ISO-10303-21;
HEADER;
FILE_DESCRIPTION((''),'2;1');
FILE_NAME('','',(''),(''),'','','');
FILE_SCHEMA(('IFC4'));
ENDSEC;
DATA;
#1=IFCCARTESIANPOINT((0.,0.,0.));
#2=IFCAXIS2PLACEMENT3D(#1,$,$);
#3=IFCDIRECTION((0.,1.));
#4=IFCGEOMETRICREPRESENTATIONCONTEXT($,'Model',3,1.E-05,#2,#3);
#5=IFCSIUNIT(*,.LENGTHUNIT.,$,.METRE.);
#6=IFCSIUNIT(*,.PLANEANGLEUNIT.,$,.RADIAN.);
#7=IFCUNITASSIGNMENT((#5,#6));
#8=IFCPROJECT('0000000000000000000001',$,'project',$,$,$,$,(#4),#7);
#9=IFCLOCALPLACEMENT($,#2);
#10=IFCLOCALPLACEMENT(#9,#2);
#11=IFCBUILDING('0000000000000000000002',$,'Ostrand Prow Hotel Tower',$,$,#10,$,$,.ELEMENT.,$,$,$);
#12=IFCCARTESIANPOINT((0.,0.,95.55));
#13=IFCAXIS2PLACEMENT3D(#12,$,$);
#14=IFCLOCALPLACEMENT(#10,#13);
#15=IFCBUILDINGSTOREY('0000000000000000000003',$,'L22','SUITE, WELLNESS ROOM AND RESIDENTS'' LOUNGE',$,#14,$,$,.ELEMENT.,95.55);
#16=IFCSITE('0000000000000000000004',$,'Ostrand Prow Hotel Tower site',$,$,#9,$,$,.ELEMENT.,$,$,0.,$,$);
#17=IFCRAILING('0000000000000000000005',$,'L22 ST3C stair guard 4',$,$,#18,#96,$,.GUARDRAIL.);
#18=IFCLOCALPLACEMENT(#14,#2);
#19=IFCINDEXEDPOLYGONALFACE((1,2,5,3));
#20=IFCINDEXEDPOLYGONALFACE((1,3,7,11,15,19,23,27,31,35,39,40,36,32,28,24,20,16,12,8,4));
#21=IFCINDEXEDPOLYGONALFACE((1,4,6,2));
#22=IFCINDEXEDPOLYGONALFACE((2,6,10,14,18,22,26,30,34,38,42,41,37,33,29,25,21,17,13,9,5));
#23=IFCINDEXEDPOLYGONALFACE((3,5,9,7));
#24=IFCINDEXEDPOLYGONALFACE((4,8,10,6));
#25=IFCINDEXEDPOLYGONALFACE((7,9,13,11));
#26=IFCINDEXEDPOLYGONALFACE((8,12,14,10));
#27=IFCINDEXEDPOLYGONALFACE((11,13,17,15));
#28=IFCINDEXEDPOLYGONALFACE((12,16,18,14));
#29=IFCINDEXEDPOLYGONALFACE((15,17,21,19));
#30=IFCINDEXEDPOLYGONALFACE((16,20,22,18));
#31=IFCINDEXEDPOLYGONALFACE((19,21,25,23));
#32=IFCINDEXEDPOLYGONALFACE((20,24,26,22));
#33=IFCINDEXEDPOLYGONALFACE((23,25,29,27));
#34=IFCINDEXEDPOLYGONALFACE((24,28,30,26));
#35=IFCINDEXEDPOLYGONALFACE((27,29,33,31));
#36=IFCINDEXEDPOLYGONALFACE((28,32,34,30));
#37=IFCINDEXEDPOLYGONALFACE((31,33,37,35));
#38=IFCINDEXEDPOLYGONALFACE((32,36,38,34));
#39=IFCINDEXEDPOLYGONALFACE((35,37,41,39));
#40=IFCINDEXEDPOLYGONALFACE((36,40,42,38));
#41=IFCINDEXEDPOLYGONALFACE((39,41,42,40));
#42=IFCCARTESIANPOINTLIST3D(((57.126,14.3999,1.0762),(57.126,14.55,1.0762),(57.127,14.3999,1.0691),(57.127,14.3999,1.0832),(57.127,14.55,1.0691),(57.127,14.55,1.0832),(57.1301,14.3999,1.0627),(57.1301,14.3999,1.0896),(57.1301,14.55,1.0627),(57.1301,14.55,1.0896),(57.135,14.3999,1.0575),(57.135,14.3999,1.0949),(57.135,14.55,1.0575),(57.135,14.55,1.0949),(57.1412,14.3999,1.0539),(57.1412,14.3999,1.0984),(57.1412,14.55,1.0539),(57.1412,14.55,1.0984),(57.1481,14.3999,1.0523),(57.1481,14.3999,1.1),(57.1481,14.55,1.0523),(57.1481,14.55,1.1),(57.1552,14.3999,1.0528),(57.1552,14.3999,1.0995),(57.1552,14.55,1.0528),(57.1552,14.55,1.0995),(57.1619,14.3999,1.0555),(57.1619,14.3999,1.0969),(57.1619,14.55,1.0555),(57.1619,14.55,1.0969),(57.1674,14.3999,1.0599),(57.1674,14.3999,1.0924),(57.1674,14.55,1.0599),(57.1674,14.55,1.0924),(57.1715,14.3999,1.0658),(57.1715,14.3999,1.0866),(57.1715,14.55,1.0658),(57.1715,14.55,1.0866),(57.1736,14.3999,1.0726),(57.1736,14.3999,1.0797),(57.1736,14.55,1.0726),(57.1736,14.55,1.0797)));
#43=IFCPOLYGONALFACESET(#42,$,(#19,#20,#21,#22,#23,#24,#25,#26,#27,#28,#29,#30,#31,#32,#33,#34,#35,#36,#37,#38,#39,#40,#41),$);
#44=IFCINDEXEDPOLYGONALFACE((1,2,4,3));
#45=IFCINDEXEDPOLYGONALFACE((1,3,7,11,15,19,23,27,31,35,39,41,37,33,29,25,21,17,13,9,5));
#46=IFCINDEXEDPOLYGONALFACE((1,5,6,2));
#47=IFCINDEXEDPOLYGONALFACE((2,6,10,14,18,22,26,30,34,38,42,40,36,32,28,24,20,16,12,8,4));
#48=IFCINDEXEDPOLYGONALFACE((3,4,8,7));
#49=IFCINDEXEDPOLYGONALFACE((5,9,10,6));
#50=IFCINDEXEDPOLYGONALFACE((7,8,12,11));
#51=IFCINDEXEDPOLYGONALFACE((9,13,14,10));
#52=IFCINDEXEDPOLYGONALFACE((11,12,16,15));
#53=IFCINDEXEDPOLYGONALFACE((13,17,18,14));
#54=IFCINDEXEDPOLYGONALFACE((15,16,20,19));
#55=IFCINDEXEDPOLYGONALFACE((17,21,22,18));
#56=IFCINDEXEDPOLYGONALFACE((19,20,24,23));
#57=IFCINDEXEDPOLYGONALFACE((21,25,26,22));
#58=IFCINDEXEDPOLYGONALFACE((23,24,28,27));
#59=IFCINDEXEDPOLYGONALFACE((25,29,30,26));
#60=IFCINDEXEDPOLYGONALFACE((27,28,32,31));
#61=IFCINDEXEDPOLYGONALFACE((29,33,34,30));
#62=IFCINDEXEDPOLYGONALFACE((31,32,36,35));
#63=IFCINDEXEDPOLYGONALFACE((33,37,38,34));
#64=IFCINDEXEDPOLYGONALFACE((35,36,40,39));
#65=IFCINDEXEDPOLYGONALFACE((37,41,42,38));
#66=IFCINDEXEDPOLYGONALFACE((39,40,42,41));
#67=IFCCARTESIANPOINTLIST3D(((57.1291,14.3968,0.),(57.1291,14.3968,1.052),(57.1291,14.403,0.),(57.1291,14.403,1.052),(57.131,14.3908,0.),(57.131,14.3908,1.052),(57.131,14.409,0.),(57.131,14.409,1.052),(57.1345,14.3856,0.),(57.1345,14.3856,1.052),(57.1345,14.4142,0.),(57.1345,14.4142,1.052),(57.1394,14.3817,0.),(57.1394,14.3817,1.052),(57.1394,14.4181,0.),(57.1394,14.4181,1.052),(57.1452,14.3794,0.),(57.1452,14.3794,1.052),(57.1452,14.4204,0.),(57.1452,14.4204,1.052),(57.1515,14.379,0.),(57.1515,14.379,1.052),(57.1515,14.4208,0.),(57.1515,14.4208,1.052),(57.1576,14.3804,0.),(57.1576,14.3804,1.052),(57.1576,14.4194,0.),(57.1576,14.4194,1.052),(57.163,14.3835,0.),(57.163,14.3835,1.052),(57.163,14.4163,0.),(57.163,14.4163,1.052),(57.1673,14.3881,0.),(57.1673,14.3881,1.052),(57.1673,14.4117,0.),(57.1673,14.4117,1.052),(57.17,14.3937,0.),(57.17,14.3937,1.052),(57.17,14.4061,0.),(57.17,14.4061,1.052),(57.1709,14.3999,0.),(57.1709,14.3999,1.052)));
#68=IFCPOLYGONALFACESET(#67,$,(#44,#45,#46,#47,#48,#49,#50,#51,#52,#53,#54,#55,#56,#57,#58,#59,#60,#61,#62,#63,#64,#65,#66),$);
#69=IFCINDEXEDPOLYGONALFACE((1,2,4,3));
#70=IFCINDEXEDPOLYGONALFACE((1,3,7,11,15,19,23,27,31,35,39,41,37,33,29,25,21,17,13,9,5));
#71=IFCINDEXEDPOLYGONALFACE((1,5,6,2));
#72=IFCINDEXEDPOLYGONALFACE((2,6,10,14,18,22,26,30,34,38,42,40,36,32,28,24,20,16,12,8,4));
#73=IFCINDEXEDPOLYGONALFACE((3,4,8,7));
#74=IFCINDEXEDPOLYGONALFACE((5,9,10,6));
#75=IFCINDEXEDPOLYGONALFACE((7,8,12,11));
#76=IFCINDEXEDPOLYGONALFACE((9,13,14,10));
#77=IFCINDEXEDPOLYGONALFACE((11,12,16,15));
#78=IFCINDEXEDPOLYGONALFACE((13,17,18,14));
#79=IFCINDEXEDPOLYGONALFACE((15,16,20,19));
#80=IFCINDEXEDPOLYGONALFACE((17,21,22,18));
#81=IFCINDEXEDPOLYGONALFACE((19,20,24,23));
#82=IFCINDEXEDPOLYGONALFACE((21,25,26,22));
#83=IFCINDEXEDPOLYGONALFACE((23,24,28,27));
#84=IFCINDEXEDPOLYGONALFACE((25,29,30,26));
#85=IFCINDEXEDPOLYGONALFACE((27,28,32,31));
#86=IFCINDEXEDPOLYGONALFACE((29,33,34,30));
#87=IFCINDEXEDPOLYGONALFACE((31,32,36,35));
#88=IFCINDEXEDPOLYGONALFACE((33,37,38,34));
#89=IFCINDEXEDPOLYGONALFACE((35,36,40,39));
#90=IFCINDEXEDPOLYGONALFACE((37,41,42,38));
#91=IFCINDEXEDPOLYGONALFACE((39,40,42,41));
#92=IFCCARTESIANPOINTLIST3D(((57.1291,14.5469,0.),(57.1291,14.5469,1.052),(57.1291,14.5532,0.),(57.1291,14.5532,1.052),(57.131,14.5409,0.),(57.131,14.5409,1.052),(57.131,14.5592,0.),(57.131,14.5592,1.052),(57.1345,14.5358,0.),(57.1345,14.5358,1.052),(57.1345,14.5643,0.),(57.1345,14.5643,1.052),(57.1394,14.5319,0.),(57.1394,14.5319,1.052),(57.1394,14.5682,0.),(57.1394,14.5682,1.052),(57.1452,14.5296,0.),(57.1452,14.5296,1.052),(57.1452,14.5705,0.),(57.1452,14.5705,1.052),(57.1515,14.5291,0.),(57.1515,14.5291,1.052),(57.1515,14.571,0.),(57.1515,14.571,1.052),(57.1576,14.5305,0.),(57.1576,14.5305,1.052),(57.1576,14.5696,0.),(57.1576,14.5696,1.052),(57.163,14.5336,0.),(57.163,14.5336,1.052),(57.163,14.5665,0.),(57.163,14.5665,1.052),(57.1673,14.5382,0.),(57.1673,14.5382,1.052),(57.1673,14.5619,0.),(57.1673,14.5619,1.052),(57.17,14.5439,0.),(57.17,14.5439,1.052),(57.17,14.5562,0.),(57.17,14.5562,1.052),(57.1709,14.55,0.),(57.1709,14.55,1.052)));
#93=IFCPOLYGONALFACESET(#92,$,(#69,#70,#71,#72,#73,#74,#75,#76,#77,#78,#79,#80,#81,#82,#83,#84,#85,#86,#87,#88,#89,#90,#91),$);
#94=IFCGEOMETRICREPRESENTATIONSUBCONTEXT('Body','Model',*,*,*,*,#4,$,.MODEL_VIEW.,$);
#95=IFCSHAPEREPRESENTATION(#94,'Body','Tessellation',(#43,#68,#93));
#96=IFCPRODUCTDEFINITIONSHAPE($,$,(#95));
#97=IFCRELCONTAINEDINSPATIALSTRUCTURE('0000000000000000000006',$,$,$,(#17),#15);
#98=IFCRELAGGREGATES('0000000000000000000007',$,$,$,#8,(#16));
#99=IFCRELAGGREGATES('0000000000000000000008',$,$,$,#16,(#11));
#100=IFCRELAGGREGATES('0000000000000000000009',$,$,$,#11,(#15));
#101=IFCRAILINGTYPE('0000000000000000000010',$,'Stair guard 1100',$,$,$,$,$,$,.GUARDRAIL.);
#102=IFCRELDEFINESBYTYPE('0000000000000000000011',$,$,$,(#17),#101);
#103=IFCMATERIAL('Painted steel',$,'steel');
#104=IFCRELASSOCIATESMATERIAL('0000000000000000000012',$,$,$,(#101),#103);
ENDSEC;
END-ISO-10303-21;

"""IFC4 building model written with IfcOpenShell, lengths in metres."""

from ifc_helpers import new_model, si_unit, direction, frame, origin, origin_2d, place, context, subcontext, project, spatial, circle, extrude, material, type_object, element, save


model = new_model("IFC4")

# Units and contexts
model_context = context("Model", 3, precision=1e-05, world=origin(), true_north=direction((0.0, 1.0)))
body_context = subcontext(model_context, "Body", "Model", "MODEL_VIEW")
ifc_project = project(units=[si_unit("LENGTHUNIT", "METRE"), si_unit("PLANEANGLEUNIT", "RADIAN")], contexts=[model_context])

# Site, building, storey
site_placement = place(None, origin())
site = spatial("IfcSite", under=ifc_project, at=site_placement, Name="Ostrand Prow Hotel Tower site", CompositionType="ELEMENT", RefElevation=0.0)
building_placement = place(site_placement, origin())
building = spatial("IfcBuilding", under=site, at=building_placement, Name="Ostrand Prow Hotel Tower", CompositionType="ELEMENT")
storey_placement = place(building_placement, frame((0.0, 0.0, 95.55)))
storey = spatial("IfcBuildingStorey", under=building, at=storey_placement, Name="L22", Description="SUITE, WELLNESS ROOM AND RESIDENTS' LOUNGE", CompositionType="ELEMENT", Elevation=95.55)

# Railing
ifc_material_1 = material(Name="Painted steel", Category="steel")
railing_type_1 = type_object("IfcRailingType", Name="Stair guard 1100", PredefinedType="GUARDRAIL", material=ifc_material_1)
railing_1_placement = place(storey_placement, frame((57.1499, 14.3999, 0.0)))
element("IfcRailing", 1, at=railing_1_placement, inside=storey, type_object=railing_type_1, Name="L22 ST3C stair guard 4", PredefinedType="GUARDRAIL", context=body_context, shape_type="SweptSolid", body=[
    extrude(circle(Radius=0.0239, at=origin_2d()), frame((0.0, 0.0, 1.0762), z_axis=(0.0, 1.0, 0.0), x_axis=(-1.0, 0.0, 0.0)), (0.0, 0.0, 1.0), 0.1501),
    extrude(circle(Radius=0.021, at=origin_2d()), origin(), (0.0, 0.0, 1.0), 1.052),
    extrude(circle(Radius=0.021, at=origin_2d()), frame((0.0, 0.1501, 0.0)), (0.0, 0.0, 1.0), 1.052),
])

save(model, "model.ifc")
